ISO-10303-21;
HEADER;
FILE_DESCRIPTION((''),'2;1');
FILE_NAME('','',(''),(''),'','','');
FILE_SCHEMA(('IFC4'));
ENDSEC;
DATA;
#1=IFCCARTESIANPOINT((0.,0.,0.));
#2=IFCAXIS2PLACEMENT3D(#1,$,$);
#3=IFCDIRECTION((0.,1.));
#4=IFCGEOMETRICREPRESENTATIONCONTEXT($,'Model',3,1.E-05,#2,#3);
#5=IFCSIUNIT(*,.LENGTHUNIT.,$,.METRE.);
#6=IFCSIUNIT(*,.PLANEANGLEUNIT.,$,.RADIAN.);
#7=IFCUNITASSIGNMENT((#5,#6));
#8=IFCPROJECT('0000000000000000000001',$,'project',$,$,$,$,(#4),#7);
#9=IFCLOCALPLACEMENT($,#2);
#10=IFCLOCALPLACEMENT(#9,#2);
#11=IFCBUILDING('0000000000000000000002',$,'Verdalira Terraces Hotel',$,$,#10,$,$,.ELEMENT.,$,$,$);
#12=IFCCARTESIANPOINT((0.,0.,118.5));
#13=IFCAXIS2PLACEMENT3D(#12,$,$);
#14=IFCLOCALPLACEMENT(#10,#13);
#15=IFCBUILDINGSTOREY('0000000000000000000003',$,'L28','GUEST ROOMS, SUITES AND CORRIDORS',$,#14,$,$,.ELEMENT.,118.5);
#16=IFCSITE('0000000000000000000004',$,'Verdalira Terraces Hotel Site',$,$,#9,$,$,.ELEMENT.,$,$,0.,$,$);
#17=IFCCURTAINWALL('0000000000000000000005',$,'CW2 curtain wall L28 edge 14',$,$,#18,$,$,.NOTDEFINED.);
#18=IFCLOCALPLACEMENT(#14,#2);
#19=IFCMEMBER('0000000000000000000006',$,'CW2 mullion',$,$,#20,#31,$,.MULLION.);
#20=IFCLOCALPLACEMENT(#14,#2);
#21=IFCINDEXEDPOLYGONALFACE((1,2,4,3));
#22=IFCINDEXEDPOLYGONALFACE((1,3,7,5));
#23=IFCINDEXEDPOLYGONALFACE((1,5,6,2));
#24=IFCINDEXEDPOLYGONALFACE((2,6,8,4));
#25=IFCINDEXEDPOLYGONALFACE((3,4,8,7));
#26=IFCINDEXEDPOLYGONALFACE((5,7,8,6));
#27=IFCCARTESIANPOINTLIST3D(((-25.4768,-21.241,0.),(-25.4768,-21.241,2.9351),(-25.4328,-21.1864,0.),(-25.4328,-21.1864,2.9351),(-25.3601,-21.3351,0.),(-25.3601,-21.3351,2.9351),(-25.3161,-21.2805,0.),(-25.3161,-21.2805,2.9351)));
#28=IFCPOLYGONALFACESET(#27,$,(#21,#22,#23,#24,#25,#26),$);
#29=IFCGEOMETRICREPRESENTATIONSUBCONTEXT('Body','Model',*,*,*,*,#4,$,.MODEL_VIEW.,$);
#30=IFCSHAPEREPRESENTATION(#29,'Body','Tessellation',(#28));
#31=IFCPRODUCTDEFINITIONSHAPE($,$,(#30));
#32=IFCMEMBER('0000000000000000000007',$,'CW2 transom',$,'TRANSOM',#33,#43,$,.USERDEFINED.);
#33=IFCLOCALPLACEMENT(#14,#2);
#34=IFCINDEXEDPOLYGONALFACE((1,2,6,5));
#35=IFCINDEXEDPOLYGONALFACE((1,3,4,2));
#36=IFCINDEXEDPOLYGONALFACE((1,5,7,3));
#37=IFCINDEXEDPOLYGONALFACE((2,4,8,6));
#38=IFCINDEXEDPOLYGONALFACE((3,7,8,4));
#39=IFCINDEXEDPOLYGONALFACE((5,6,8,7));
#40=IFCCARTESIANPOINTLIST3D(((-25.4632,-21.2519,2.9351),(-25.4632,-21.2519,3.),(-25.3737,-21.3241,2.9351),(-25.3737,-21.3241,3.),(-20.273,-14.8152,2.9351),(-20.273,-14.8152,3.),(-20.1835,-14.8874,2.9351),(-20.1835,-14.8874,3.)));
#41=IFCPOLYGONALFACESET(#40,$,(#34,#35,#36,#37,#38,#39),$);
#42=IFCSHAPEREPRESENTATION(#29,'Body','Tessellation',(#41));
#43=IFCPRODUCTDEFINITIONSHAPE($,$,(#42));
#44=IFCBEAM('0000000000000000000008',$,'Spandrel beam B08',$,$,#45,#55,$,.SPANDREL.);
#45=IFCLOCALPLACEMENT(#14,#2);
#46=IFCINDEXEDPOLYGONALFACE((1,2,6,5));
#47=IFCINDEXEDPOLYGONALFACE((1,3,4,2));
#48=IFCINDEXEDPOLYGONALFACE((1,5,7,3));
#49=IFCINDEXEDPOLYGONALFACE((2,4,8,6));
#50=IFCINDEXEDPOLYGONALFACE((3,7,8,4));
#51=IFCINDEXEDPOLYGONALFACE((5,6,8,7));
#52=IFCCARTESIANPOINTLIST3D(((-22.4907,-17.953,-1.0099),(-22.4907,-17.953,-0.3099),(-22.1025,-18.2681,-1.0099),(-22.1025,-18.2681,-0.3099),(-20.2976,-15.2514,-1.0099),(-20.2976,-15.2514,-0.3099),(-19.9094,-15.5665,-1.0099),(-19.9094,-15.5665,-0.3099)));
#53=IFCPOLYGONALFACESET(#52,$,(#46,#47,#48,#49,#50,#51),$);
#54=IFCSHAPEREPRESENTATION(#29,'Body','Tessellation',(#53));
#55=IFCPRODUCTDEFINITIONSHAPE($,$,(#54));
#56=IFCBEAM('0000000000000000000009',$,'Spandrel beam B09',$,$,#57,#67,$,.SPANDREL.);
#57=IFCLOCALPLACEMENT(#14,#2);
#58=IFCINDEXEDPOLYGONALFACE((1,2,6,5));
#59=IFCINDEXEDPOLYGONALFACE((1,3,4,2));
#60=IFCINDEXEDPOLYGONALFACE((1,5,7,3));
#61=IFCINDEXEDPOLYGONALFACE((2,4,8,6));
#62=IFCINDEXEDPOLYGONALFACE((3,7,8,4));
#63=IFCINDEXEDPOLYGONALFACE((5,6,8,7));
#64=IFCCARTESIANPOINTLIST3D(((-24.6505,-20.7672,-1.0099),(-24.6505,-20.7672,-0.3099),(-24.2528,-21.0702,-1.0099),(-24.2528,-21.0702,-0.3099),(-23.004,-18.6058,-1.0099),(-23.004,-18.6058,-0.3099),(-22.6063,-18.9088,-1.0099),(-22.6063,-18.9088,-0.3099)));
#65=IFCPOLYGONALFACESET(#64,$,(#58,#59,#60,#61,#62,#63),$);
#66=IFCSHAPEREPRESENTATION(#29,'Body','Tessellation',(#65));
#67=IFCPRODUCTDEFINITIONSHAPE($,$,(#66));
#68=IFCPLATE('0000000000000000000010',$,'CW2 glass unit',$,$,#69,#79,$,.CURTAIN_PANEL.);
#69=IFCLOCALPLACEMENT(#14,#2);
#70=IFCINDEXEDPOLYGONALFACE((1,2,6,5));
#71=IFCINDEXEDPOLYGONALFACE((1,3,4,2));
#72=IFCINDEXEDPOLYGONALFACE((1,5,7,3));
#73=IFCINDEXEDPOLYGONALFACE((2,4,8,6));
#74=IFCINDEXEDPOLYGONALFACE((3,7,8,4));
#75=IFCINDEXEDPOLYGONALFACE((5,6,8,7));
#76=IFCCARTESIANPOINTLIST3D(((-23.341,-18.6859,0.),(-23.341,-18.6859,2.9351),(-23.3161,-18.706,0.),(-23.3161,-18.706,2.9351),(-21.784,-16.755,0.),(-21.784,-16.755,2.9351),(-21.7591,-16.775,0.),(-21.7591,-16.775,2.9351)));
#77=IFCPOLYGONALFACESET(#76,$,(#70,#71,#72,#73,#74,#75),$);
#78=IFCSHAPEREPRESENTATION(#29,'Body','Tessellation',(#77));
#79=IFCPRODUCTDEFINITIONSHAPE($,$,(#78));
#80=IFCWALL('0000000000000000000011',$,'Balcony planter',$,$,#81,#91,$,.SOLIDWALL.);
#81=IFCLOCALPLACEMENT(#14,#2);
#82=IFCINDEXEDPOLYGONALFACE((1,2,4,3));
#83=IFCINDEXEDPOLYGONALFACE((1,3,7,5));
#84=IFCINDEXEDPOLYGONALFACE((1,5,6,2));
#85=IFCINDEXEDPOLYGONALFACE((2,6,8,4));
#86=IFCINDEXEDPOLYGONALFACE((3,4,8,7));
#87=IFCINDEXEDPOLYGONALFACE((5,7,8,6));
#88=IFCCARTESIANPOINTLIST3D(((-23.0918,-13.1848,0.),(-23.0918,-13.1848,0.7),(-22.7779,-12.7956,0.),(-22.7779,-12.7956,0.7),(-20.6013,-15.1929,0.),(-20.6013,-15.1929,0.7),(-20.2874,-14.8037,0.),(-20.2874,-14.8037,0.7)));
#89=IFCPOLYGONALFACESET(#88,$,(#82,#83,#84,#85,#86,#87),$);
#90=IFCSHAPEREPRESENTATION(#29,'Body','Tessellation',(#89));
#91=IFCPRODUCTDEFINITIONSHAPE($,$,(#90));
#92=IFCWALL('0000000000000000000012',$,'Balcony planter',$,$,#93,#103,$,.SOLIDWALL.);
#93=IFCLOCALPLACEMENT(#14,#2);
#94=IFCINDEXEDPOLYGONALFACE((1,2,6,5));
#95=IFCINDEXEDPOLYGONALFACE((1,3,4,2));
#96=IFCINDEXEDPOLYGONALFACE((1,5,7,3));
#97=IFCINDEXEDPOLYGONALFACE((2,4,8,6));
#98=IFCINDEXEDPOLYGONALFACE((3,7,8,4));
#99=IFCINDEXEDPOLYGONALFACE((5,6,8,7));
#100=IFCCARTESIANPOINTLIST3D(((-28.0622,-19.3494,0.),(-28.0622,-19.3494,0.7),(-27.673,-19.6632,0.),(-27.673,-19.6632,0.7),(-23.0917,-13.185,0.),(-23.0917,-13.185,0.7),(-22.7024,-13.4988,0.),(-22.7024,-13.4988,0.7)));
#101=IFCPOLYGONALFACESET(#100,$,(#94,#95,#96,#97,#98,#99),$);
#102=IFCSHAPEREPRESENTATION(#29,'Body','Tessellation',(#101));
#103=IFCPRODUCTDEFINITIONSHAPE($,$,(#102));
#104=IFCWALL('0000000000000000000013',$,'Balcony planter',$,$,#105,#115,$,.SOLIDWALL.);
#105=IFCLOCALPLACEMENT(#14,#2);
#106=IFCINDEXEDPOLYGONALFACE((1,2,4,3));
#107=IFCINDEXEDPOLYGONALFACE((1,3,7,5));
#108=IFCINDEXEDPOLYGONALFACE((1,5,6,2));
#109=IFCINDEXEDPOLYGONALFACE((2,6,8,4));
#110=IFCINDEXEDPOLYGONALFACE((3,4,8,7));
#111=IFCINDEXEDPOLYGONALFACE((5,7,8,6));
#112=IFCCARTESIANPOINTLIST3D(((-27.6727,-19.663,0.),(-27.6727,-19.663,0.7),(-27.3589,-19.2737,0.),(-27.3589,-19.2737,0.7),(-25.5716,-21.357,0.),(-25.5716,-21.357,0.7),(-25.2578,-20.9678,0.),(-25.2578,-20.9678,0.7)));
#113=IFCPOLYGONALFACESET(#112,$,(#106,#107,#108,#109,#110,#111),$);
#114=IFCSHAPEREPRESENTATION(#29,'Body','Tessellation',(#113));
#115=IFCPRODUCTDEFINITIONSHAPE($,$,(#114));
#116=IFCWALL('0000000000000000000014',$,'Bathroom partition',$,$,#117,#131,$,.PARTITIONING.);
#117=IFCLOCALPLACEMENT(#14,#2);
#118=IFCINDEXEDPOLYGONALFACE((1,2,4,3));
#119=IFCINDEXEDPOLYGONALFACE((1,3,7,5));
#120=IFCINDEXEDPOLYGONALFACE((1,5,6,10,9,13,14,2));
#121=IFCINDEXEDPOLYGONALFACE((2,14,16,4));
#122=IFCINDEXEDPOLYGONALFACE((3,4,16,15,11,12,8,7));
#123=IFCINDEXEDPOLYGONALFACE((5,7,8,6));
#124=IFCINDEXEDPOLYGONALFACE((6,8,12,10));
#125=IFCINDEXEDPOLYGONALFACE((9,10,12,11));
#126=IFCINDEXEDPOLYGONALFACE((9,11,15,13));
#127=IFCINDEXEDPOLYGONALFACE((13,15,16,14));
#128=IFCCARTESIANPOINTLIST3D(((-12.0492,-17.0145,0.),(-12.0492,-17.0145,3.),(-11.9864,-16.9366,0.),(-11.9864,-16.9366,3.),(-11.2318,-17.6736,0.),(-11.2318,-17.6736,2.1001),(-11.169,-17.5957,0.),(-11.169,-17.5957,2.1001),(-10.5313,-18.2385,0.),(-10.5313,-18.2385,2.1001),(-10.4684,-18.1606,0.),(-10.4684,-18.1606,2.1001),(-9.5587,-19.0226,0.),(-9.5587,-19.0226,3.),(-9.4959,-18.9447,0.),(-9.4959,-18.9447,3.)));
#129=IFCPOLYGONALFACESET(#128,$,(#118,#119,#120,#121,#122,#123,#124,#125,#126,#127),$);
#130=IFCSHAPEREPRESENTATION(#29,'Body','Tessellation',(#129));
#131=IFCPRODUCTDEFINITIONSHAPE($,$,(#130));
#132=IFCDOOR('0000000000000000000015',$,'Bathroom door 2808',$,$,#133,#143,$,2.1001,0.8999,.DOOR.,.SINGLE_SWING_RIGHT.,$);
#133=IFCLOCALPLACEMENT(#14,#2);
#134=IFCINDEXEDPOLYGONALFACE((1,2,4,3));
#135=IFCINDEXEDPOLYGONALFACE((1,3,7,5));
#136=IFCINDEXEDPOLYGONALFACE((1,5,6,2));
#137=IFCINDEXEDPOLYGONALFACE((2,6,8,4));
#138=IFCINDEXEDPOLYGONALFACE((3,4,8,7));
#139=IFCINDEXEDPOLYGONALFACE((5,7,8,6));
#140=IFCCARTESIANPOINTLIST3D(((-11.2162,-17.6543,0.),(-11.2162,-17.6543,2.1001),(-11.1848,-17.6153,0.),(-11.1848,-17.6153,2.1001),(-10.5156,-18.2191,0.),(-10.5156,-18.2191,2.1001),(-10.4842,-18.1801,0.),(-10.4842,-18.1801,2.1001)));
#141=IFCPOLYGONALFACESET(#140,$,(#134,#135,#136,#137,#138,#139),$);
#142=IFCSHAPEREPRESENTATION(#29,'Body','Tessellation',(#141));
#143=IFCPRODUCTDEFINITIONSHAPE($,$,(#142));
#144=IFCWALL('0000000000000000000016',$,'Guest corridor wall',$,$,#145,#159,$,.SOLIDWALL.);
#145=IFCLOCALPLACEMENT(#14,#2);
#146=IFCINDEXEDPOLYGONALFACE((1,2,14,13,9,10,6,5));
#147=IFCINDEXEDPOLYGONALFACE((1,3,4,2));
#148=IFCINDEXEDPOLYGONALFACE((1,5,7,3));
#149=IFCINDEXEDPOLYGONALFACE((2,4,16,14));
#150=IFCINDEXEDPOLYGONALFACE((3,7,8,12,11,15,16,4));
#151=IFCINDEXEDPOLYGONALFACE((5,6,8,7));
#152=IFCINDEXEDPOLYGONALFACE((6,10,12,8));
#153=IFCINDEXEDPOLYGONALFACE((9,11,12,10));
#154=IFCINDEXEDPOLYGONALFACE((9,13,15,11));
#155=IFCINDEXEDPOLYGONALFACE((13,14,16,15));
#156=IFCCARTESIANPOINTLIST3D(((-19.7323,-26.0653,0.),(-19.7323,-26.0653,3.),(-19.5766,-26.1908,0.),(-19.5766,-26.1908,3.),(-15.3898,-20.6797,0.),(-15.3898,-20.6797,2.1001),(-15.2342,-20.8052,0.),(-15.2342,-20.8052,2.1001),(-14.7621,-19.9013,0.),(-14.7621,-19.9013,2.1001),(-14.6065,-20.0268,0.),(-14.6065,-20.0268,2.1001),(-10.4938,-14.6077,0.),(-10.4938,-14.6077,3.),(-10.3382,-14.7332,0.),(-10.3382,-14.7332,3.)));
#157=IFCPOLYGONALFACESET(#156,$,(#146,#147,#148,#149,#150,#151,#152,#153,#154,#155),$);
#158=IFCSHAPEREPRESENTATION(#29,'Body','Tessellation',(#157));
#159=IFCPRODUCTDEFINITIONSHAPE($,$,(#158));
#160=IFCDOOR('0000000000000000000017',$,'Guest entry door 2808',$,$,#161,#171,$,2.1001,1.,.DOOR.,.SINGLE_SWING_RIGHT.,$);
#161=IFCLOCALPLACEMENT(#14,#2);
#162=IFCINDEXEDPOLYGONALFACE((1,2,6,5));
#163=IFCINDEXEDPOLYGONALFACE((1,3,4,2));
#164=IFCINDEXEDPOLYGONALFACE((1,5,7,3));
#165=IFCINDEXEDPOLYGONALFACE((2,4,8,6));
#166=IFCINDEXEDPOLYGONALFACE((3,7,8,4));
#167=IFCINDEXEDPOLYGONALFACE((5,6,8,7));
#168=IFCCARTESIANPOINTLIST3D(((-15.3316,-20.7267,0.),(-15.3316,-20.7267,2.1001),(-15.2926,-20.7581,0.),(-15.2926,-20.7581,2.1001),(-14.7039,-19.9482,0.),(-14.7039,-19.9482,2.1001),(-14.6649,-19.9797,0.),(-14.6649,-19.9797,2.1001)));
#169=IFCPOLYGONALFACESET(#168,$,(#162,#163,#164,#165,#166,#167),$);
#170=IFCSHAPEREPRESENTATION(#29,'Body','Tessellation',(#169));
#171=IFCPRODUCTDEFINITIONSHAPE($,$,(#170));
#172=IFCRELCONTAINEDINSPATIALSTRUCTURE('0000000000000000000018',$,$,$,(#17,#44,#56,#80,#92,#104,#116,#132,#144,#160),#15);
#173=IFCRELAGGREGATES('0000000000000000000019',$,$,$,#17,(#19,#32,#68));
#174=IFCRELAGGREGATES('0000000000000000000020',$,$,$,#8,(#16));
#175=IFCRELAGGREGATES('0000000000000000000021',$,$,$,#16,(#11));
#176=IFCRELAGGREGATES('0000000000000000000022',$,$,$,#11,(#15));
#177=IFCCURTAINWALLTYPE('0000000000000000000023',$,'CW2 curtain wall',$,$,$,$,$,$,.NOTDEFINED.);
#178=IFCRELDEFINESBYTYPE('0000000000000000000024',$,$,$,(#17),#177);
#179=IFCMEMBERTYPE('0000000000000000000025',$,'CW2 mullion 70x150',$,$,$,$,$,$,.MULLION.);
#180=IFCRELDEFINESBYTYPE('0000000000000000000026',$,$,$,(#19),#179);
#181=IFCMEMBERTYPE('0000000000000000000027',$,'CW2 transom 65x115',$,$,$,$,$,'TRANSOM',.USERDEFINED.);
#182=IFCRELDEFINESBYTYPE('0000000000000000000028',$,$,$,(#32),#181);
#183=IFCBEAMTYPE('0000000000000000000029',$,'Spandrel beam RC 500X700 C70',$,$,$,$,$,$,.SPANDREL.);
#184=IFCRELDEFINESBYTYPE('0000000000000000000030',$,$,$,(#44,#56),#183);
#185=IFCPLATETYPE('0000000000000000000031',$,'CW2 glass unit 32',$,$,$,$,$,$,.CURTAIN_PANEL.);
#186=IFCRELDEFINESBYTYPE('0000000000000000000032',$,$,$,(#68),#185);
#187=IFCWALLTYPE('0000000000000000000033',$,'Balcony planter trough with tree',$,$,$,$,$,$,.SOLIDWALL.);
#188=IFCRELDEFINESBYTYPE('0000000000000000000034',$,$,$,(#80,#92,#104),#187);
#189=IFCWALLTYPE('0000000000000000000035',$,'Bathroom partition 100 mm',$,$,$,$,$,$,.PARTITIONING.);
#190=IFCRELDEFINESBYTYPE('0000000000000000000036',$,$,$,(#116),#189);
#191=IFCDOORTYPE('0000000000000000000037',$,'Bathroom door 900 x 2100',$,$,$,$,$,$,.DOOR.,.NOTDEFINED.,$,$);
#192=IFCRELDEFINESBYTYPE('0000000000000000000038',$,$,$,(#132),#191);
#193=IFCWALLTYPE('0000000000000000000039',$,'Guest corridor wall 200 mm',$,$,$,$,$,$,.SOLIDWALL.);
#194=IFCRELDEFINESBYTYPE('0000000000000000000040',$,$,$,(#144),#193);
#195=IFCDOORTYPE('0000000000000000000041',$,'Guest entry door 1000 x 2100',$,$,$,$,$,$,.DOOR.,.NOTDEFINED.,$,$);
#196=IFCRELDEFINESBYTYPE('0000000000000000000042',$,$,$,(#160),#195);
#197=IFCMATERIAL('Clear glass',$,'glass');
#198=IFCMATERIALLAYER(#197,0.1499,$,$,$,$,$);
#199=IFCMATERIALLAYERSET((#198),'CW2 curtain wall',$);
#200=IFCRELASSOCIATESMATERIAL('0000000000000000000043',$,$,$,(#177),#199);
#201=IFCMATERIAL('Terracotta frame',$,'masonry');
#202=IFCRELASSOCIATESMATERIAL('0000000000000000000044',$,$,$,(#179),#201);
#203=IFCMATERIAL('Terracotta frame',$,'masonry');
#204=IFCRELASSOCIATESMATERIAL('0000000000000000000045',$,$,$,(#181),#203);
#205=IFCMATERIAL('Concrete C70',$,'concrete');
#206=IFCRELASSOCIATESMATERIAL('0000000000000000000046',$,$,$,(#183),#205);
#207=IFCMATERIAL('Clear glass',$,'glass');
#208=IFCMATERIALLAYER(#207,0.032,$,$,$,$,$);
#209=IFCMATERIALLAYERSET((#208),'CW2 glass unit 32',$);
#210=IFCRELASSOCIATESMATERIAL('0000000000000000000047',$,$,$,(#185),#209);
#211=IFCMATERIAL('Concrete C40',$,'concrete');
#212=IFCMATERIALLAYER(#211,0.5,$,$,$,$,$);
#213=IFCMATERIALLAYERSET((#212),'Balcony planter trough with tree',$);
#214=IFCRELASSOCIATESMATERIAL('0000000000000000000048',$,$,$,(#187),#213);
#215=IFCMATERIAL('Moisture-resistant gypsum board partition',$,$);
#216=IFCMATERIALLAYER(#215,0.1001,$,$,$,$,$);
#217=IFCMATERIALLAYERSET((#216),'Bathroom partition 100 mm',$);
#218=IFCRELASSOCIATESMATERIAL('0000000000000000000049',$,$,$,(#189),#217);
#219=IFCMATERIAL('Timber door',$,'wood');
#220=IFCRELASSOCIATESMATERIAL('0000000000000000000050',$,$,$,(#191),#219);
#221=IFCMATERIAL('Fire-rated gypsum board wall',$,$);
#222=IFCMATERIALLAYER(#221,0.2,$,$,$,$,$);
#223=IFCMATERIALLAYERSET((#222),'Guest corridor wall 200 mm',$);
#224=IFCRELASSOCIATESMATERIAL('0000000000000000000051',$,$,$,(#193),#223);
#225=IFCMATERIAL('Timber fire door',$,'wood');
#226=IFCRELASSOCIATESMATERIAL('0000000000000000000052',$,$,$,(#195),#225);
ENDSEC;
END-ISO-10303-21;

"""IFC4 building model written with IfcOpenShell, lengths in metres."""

from ifc_helpers import new_model, si_unit, direction, frame, frame_2d, origin, origin_2d, place, context, subcontext, project, spatial, rectangle, extrude, material, layer, layer_set, material_profile, profile_set, type_object, element, fill, aggregate, save


model = new_model("IFC4")

# Units and contexts
model_context = context("Model", 3, precision=1e-05, world=origin(), true_north=direction((0.0, 1.0)))
body_context = subcontext(model_context, "Body", "Model", "MODEL_VIEW")
ifc_project = project(units=[si_unit("LENGTHUNIT", "METRE"), si_unit("PLANEANGLEUNIT", "RADIAN")], contexts=[model_context])

# Site, building, storey
site_placement = place(None, origin())
site = spatial("IfcSite", under=ifc_project, at=site_placement, Name="Verdalira Terraces Hotel Site", CompositionType="ELEMENT", RefElevation=0.0)
building_placement = place(site_placement, origin())
building = spatial("IfcBuilding", under=site, at=building_placement, Name="Verdalira Terraces Hotel", CompositionType="ELEMENT")
storey_placement = place(building_placement, frame((0.0, 0.0, 118.5)))
storey = spatial("IfcBuildingStorey", under=building, at=storey_placement, Name="L28", Description="GUEST ROOMS, SUITES AND CORRIDORS", CompositionType="ELEMENT", Elevation=118.5)

# Curtain wall, members
ifc_material_1 = material(Name="Clear glass", Category="glass")
ifc_layer_1 = layer(ifc_material_1, 0.1499)
ifc_layer_set_1 = layer_set([ifc_layer_1], Name="CW2 curtain wall")
curtain_wall_type_1 = type_object("IfcCurtainWallType", Name="CW2 curtain wall", PredefinedType="NOTDEFINED", material=ifc_layer_set_1)
curtain_wall_1_placement = place(storey_placement, origin())
curtain_wall_1 = element("IfcCurtainWall", 1, at=curtain_wall_1_placement, inside=storey, type_object=curtain_wall_type_1, Name="CW2 curtain wall L28 edge 14", PredefinedType="NOTDEFINED")
ifc_material_2 = material(Name="Terracotta frame", Category="masonry")
ifc_material_profile_1 = material_profile(ifc_material_2, rectangle(XDim=0.0701, YDim=0.1499, at=origin_2d()), Name="MU 70x150")
ifc_profile_set_1 = profile_set([ifc_material_profile_1], Name="Terracotta frame")
member_type_1 = type_object("IfcMemberType", Name="CW2 mullion 70x150", PredefinedType="MULLION", material=ifc_profile_set_1)
member_1_placement = place(storey_placement, frame((-25.3965, -21.2607, 0.0), z_axis=(0.0, 0.0, 1.0), x_axis=(-0.627691, -0.778462, 0.0)))
member_1 = element("IfcMember", 2, at=member_1_placement, type_object=member_type_1, Name="CW2 mullion", PredefinedType="MULLION", context=body_context, shape_type="SweptSolid", body=[
    extrude(rectangle(XDim=0.0701, YDim=0.1499, at=origin_2d()), origin(), (0.0, 0.0, 1.0), 2.9351),
])
ifc_material_3 = material(Name="Terracotta frame", Category="masonry")
ifc_material_profile_2 = material_profile(ifc_material_3, rectangle(XDim=0.115, YDim=0.0649, at=origin_2d()), Name="TR 65x115")
ifc_profile_set_2 = profile_set([ifc_material_profile_2], Name="Terracotta frame")
member_type_2 = type_object("IfcMemberType", Name="CW2 transom 65x115", ElementType="TRANSOM", PredefinedType="USERDEFINED", material=ifc_profile_set_2)
member_2_placement = place(storey_placement, frame((-20.2283, -14.8513, 2.9675), z_axis=(-0.627697, -0.778458, 0.0), x_axis=(0.778458, -0.627697, 0.0)))
member_2 = element("IfcMember", 3, at=member_2_placement, type_object=member_type_2, Name="CW2 transom", ObjectType="TRANSOM", PredefinedType="USERDEFINED", context=body_context, shape_type="SweptSolid", body=[
    extrude(rectangle(XDim=0.115, YDim=0.0649, at=origin_2d()), origin(), (0.0, 0.0, 1.0), 8.2686),
])

# Beams
ifc_material_4 = material(Name="Concrete C70", Category="concrete")
ifc_material_profile_3 = material_profile(ifc_material_4, rectangle(XDim=0.5, YDim=0.7, at=origin_2d()), Name="RC 500X700")
ifc_profile_set_3 = profile_set([ifc_material_profile_3], Name="Concrete C70")
beam_type_1 = type_object("IfcBeamType", Name="Spandrel beam RC 500X700 C70", PredefinedType="SPANDREL", material=ifc_profile_set_3)
beam_1_placement = place(storey_placement, frame((-20.1035, -15.4089, -0.6599), z_axis=(-0.630249, -0.776393, 0.0), x_axis=(0.776393, -0.630249, 0.0)))
element("IfcBeam", 4, at=beam_1_placement, inside=storey, type_object=beam_type_1, Name="Spandrel beam B08", PredefinedType="SPANDREL", context=body_context, shape_type="SweptSolid", body=[
    extrude(rectangle(XDim=0.5, YDim=0.7, at=origin_2d()), origin(), (0.0, 0.0, 1.0), 3.4797),
])
beam_2_placement = place(storey_placement, frame((-22.8052, -18.7573, -0.6599), z_axis=(-0.605978, -0.795481, 0.0), x_axis=(0.795481, -0.605978, 0.0)))
element("IfcBeam", 5, at=beam_2_placement, inside=storey, type_object=beam_type_1, Name="Spandrel beam B09", PredefinedType="SPANDREL", context=body_context, shape_type="SweptSolid", body=[
    extrude(rectangle(XDim=0.5, YDim=0.7, at=origin_2d()), origin(), (0.0, 0.0, 1.0), 2.717),
])

# Plate
ifc_material_5 = material(Name="Clear glass", Category="glass")
ifc_layer_2 = layer(ifc_material_5, 0.032)
ifc_layer_set_2 = layer_set([ifc_layer_2], Name="CW2 glass unit 32")
plate_type = type_object("IfcPlateType", Name="CW2 glass unit 32", PredefinedType="CURTAIN_PANEL", material=ifc_layer_set_2)
plate_placement = place(storey_placement, frame((-22.55, -17.7305, 0.0), z_axis=(0.0, 0.0, 1.0), x_axis=(-0.627691, -0.778462, 0.0)))
plate = element("IfcPlate", 6, at=plate_placement, type_object=plate_type, Name="CW2 glass unit", PredefinedType="CURTAIN_PANEL", context=body_context, shape_type="SweptSolid", body=[
    extrude(rectangle(XDim=2.4805, YDim=0.032, at=origin_2d()), origin(), (0.0, 0.0, 1.0), 2.9351),
])
aggregate(curtain_wall_1, [member_1, member_2, plate])

# Walls
ifc_material_6 = material(Name="Concrete C40", Category="concrete")
ifc_layer_3 = layer(ifc_material_6, 0.5)
ifc_layer_set_3 = layer_set([ifc_layer_3], Name="Balcony planter trough with tree")
wall_type_1 = type_object("IfcWallType", Name="Balcony planter trough with tree", PredefinedType="SOLIDWALL", material=ifc_layer_set_3)
wall_1_placement = place(storey_placement, frame((-20.4443, -14.9983, 0.0), z_axis=(0.0, 0.0, 1.0), x_axis=(-0.778473, 0.627678, 0.0)))
element("IfcWall", 7, at=wall_1_placement, inside=storey, type_object=wall_type_1, Name="Balcony planter", PredefinedType="SOLIDWALL", context=body_context, shape_type="SweptSolid", body=[
    extrude(rectangle(XDim=3.1992, YDim=0.5, at=frame_2d((1.5996, 0.0))), origin(), (0.0, 0.0, 1.0), 0.7),
])
wall_2_placement = place(storey_placement, frame((-22.897, -13.3418, 0.0), z_axis=(0.0, 0.0, 1.0), x_axis=(-0.627695, -0.77846, 0.0)))
element("IfcWall", 8, at=wall_2_placement, inside=storey, type_object=wall_type_1, Name="Balcony planter", PredefinedType="SOLIDWALL", context=body_context, shape_type="SweptSolid", body=[
    extrude(rectangle(XDim=7.9187, YDim=0.5, at=frame_2d((3.9595, 0.0))), origin(), (0.0, 0.0, 1.0), 0.7),
])
wall_3_placement = place(storey_placement, frame((-27.5159, -19.4683, 0.0), z_axis=(0.0, 0.0, 1.0), x_axis=(0.778471, -0.62768, 0.0)))
element("IfcWall", 9, at=wall_3_placement, inside=storey, type_object=wall_type_1, Name="Balcony planter", PredefinedType="SOLIDWALL", context=body_context, shape_type="SweptSolid", body=[
    extrude(rectangle(XDim=2.699, YDim=0.5, at=frame_2d((1.3496, 0.0))), origin(), (0.0, 0.0, 1.0), 0.7),
])

# Walls, openings, doors
ifc_material_7 = material(Name="Moisture-resistant gypsum board partition")
ifc_layer_4 = layer(ifc_material_7, 0.1001)
ifc_layer_set_4 = layer_set([ifc_layer_4], Name="Bathroom partition 100 mm")
wall_type_2 = type_object("IfcWallType", Name="Bathroom partition 100 mm", PredefinedType="PARTITIONING", material=ifc_layer_set_4)
wall_4_placement = place(storey_placement, frame((-12.0178, -16.9756, 0.0), z_axis=(0.0, 0.0, 1.0), x_axis=(0.778473, -0.627678, 0.0)))
wall_4 = element("IfcWall", 10, at=wall_4_placement, inside=storey, type_object=wall_type_2, Name="Bathroom partition", PredefinedType="PARTITIONING", context=body_context, shape_type="SweptSolid", body=[
    extrude(rectangle(XDim=3.1992, YDim=0.1001, at=frame_2d((1.5996, 0.0))), origin(), (0.0, 0.0, 1.0), 3.0),
])
opening_1_placement = place(wall_4_placement, frame((1.05, 0.0, 0.0)))
opening_1 = element("IfcOpeningElement", 11, at=opening_1_placement, cuts=wall_4, PredefinedType="OPENING", context=body_context, shape_type="SweptSolid", body=[
    extrude(rectangle(XDim=0.8999, YDim=2.1001, at=frame_2d((0.45, 1.05))), frame((0.0, 0.0601, 0.0), z_axis=(0.0, -1.0, 0.0), x_axis=(1.0, 0.0, 0.0)), (0.0, 0.0, 1.0), 0.1201),
])
ifc_material_8 = material(Name="Timber door", Category="wood")
door_type_1 = type_object("IfcDoorType", Name="Bathroom door 900 x 2100", OperationType="NOTDEFINED", PredefinedType="DOOR", material=ifc_material_8)
door_1_placement = place(opening_1_placement, origin())
door_1 = element("IfcDoor", 12, at=door_1_placement, inside=storey, type_object=door_type_1, Name="Bathroom door 2808", OperationType="SINGLE_SWING_RIGHT", OverallHeight=2.1001, OverallWidth=0.8999, PredefinedType="DOOR", context=body_context, shape_type="SweptSolid", body=[
    extrude(rectangle(XDim=0.8999, YDim=2.1001, at=frame_2d((0.45, 1.05))), frame((0.0, 0.0249, 0.0), z_axis=(0.0, -1.0, 0.0), x_axis=(1.0, 0.0, 0.0)), (0.0, 0.0, 1.0), 0.05),
])
fill(opening_1, door_1)
ifc_material_9 = material(Name="Fire-rated gypsum board wall")
ifc_layer_5 = layer(ifc_material_9, 0.2)
ifc_layer_set_5 = layer_set([ifc_layer_5], Name="Guest corridor wall 200 mm")
wall_type_3 = type_object("IfcWallType", Name="Guest corridor wall 200 mm", PredefinedType="SOLIDWALL", material=ifc_layer_set_5)
wall_5_placement = place(storey_placement, frame((-10.416, -14.6704, 0.0), z_axis=(0.0, 0.0, 1.0), x_axis=(-0.627686, -0.778466, 0.0)))
wall_5 = element("IfcWall", 13, at=wall_5_placement, inside=storey, type_object=wall_type_3, Name="Guest corridor wall", PredefinedType="SOLIDWALL", context=body_context, shape_type="SweptSolid", body=[
    extrude(rectangle(XDim=14.7183, YDim=0.2, at=frame_2d((7.3591, 0.0))), origin(), (0.0, 0.0, 1.0), 3.0),
])
opening_2_placement = place(wall_5_placement, frame((6.8, 0.0, 0.0)))
opening_2 = element("IfcOpeningElement", 14, at=opening_2_placement, cuts=wall_5, PredefinedType="OPENING", context=body_context, shape_type="SweptSolid", body=[
    extrude(rectangle(XDim=1.0, YDim=2.1001, at=frame_2d((0.5, 1.05))), frame((0.0, 0.1099, 0.0), z_axis=(0.0, -1.0, 0.0), x_axis=(1.0, 0.0, 0.0)), (0.0, 0.0, 1.0), 0.22),
])
ifc_material_10 = material(Name="Timber fire door", Category="wood")
door_type_2 = type_object("IfcDoorType", Name="Guest entry door 1000 x 2100", OperationType="NOTDEFINED", PredefinedType="DOOR", material=ifc_material_10)
door_2_placement = place(opening_2_placement, origin())
door_2 = element("IfcDoor", 15, at=door_2_placement, inside=storey, type_object=door_type_2, Name="Guest entry door 2808", OperationType="SINGLE_SWING_RIGHT", OverallHeight=2.1001, OverallWidth=1.0, PredefinedType="DOOR", context=body_context, shape_type="SweptSolid", body=[
    extrude(rectangle(XDim=1.0, YDim=2.1001, at=frame_2d((0.5, 1.05))), frame((0.0, 0.0249, 0.0), z_axis=(0.0, -1.0, 0.0), x_axis=(1.0, 0.0, 0.0)), (0.0, 0.0, 1.0), 0.05),
])
fill(opening_2, door_2)

save(model, "model.ifc")
